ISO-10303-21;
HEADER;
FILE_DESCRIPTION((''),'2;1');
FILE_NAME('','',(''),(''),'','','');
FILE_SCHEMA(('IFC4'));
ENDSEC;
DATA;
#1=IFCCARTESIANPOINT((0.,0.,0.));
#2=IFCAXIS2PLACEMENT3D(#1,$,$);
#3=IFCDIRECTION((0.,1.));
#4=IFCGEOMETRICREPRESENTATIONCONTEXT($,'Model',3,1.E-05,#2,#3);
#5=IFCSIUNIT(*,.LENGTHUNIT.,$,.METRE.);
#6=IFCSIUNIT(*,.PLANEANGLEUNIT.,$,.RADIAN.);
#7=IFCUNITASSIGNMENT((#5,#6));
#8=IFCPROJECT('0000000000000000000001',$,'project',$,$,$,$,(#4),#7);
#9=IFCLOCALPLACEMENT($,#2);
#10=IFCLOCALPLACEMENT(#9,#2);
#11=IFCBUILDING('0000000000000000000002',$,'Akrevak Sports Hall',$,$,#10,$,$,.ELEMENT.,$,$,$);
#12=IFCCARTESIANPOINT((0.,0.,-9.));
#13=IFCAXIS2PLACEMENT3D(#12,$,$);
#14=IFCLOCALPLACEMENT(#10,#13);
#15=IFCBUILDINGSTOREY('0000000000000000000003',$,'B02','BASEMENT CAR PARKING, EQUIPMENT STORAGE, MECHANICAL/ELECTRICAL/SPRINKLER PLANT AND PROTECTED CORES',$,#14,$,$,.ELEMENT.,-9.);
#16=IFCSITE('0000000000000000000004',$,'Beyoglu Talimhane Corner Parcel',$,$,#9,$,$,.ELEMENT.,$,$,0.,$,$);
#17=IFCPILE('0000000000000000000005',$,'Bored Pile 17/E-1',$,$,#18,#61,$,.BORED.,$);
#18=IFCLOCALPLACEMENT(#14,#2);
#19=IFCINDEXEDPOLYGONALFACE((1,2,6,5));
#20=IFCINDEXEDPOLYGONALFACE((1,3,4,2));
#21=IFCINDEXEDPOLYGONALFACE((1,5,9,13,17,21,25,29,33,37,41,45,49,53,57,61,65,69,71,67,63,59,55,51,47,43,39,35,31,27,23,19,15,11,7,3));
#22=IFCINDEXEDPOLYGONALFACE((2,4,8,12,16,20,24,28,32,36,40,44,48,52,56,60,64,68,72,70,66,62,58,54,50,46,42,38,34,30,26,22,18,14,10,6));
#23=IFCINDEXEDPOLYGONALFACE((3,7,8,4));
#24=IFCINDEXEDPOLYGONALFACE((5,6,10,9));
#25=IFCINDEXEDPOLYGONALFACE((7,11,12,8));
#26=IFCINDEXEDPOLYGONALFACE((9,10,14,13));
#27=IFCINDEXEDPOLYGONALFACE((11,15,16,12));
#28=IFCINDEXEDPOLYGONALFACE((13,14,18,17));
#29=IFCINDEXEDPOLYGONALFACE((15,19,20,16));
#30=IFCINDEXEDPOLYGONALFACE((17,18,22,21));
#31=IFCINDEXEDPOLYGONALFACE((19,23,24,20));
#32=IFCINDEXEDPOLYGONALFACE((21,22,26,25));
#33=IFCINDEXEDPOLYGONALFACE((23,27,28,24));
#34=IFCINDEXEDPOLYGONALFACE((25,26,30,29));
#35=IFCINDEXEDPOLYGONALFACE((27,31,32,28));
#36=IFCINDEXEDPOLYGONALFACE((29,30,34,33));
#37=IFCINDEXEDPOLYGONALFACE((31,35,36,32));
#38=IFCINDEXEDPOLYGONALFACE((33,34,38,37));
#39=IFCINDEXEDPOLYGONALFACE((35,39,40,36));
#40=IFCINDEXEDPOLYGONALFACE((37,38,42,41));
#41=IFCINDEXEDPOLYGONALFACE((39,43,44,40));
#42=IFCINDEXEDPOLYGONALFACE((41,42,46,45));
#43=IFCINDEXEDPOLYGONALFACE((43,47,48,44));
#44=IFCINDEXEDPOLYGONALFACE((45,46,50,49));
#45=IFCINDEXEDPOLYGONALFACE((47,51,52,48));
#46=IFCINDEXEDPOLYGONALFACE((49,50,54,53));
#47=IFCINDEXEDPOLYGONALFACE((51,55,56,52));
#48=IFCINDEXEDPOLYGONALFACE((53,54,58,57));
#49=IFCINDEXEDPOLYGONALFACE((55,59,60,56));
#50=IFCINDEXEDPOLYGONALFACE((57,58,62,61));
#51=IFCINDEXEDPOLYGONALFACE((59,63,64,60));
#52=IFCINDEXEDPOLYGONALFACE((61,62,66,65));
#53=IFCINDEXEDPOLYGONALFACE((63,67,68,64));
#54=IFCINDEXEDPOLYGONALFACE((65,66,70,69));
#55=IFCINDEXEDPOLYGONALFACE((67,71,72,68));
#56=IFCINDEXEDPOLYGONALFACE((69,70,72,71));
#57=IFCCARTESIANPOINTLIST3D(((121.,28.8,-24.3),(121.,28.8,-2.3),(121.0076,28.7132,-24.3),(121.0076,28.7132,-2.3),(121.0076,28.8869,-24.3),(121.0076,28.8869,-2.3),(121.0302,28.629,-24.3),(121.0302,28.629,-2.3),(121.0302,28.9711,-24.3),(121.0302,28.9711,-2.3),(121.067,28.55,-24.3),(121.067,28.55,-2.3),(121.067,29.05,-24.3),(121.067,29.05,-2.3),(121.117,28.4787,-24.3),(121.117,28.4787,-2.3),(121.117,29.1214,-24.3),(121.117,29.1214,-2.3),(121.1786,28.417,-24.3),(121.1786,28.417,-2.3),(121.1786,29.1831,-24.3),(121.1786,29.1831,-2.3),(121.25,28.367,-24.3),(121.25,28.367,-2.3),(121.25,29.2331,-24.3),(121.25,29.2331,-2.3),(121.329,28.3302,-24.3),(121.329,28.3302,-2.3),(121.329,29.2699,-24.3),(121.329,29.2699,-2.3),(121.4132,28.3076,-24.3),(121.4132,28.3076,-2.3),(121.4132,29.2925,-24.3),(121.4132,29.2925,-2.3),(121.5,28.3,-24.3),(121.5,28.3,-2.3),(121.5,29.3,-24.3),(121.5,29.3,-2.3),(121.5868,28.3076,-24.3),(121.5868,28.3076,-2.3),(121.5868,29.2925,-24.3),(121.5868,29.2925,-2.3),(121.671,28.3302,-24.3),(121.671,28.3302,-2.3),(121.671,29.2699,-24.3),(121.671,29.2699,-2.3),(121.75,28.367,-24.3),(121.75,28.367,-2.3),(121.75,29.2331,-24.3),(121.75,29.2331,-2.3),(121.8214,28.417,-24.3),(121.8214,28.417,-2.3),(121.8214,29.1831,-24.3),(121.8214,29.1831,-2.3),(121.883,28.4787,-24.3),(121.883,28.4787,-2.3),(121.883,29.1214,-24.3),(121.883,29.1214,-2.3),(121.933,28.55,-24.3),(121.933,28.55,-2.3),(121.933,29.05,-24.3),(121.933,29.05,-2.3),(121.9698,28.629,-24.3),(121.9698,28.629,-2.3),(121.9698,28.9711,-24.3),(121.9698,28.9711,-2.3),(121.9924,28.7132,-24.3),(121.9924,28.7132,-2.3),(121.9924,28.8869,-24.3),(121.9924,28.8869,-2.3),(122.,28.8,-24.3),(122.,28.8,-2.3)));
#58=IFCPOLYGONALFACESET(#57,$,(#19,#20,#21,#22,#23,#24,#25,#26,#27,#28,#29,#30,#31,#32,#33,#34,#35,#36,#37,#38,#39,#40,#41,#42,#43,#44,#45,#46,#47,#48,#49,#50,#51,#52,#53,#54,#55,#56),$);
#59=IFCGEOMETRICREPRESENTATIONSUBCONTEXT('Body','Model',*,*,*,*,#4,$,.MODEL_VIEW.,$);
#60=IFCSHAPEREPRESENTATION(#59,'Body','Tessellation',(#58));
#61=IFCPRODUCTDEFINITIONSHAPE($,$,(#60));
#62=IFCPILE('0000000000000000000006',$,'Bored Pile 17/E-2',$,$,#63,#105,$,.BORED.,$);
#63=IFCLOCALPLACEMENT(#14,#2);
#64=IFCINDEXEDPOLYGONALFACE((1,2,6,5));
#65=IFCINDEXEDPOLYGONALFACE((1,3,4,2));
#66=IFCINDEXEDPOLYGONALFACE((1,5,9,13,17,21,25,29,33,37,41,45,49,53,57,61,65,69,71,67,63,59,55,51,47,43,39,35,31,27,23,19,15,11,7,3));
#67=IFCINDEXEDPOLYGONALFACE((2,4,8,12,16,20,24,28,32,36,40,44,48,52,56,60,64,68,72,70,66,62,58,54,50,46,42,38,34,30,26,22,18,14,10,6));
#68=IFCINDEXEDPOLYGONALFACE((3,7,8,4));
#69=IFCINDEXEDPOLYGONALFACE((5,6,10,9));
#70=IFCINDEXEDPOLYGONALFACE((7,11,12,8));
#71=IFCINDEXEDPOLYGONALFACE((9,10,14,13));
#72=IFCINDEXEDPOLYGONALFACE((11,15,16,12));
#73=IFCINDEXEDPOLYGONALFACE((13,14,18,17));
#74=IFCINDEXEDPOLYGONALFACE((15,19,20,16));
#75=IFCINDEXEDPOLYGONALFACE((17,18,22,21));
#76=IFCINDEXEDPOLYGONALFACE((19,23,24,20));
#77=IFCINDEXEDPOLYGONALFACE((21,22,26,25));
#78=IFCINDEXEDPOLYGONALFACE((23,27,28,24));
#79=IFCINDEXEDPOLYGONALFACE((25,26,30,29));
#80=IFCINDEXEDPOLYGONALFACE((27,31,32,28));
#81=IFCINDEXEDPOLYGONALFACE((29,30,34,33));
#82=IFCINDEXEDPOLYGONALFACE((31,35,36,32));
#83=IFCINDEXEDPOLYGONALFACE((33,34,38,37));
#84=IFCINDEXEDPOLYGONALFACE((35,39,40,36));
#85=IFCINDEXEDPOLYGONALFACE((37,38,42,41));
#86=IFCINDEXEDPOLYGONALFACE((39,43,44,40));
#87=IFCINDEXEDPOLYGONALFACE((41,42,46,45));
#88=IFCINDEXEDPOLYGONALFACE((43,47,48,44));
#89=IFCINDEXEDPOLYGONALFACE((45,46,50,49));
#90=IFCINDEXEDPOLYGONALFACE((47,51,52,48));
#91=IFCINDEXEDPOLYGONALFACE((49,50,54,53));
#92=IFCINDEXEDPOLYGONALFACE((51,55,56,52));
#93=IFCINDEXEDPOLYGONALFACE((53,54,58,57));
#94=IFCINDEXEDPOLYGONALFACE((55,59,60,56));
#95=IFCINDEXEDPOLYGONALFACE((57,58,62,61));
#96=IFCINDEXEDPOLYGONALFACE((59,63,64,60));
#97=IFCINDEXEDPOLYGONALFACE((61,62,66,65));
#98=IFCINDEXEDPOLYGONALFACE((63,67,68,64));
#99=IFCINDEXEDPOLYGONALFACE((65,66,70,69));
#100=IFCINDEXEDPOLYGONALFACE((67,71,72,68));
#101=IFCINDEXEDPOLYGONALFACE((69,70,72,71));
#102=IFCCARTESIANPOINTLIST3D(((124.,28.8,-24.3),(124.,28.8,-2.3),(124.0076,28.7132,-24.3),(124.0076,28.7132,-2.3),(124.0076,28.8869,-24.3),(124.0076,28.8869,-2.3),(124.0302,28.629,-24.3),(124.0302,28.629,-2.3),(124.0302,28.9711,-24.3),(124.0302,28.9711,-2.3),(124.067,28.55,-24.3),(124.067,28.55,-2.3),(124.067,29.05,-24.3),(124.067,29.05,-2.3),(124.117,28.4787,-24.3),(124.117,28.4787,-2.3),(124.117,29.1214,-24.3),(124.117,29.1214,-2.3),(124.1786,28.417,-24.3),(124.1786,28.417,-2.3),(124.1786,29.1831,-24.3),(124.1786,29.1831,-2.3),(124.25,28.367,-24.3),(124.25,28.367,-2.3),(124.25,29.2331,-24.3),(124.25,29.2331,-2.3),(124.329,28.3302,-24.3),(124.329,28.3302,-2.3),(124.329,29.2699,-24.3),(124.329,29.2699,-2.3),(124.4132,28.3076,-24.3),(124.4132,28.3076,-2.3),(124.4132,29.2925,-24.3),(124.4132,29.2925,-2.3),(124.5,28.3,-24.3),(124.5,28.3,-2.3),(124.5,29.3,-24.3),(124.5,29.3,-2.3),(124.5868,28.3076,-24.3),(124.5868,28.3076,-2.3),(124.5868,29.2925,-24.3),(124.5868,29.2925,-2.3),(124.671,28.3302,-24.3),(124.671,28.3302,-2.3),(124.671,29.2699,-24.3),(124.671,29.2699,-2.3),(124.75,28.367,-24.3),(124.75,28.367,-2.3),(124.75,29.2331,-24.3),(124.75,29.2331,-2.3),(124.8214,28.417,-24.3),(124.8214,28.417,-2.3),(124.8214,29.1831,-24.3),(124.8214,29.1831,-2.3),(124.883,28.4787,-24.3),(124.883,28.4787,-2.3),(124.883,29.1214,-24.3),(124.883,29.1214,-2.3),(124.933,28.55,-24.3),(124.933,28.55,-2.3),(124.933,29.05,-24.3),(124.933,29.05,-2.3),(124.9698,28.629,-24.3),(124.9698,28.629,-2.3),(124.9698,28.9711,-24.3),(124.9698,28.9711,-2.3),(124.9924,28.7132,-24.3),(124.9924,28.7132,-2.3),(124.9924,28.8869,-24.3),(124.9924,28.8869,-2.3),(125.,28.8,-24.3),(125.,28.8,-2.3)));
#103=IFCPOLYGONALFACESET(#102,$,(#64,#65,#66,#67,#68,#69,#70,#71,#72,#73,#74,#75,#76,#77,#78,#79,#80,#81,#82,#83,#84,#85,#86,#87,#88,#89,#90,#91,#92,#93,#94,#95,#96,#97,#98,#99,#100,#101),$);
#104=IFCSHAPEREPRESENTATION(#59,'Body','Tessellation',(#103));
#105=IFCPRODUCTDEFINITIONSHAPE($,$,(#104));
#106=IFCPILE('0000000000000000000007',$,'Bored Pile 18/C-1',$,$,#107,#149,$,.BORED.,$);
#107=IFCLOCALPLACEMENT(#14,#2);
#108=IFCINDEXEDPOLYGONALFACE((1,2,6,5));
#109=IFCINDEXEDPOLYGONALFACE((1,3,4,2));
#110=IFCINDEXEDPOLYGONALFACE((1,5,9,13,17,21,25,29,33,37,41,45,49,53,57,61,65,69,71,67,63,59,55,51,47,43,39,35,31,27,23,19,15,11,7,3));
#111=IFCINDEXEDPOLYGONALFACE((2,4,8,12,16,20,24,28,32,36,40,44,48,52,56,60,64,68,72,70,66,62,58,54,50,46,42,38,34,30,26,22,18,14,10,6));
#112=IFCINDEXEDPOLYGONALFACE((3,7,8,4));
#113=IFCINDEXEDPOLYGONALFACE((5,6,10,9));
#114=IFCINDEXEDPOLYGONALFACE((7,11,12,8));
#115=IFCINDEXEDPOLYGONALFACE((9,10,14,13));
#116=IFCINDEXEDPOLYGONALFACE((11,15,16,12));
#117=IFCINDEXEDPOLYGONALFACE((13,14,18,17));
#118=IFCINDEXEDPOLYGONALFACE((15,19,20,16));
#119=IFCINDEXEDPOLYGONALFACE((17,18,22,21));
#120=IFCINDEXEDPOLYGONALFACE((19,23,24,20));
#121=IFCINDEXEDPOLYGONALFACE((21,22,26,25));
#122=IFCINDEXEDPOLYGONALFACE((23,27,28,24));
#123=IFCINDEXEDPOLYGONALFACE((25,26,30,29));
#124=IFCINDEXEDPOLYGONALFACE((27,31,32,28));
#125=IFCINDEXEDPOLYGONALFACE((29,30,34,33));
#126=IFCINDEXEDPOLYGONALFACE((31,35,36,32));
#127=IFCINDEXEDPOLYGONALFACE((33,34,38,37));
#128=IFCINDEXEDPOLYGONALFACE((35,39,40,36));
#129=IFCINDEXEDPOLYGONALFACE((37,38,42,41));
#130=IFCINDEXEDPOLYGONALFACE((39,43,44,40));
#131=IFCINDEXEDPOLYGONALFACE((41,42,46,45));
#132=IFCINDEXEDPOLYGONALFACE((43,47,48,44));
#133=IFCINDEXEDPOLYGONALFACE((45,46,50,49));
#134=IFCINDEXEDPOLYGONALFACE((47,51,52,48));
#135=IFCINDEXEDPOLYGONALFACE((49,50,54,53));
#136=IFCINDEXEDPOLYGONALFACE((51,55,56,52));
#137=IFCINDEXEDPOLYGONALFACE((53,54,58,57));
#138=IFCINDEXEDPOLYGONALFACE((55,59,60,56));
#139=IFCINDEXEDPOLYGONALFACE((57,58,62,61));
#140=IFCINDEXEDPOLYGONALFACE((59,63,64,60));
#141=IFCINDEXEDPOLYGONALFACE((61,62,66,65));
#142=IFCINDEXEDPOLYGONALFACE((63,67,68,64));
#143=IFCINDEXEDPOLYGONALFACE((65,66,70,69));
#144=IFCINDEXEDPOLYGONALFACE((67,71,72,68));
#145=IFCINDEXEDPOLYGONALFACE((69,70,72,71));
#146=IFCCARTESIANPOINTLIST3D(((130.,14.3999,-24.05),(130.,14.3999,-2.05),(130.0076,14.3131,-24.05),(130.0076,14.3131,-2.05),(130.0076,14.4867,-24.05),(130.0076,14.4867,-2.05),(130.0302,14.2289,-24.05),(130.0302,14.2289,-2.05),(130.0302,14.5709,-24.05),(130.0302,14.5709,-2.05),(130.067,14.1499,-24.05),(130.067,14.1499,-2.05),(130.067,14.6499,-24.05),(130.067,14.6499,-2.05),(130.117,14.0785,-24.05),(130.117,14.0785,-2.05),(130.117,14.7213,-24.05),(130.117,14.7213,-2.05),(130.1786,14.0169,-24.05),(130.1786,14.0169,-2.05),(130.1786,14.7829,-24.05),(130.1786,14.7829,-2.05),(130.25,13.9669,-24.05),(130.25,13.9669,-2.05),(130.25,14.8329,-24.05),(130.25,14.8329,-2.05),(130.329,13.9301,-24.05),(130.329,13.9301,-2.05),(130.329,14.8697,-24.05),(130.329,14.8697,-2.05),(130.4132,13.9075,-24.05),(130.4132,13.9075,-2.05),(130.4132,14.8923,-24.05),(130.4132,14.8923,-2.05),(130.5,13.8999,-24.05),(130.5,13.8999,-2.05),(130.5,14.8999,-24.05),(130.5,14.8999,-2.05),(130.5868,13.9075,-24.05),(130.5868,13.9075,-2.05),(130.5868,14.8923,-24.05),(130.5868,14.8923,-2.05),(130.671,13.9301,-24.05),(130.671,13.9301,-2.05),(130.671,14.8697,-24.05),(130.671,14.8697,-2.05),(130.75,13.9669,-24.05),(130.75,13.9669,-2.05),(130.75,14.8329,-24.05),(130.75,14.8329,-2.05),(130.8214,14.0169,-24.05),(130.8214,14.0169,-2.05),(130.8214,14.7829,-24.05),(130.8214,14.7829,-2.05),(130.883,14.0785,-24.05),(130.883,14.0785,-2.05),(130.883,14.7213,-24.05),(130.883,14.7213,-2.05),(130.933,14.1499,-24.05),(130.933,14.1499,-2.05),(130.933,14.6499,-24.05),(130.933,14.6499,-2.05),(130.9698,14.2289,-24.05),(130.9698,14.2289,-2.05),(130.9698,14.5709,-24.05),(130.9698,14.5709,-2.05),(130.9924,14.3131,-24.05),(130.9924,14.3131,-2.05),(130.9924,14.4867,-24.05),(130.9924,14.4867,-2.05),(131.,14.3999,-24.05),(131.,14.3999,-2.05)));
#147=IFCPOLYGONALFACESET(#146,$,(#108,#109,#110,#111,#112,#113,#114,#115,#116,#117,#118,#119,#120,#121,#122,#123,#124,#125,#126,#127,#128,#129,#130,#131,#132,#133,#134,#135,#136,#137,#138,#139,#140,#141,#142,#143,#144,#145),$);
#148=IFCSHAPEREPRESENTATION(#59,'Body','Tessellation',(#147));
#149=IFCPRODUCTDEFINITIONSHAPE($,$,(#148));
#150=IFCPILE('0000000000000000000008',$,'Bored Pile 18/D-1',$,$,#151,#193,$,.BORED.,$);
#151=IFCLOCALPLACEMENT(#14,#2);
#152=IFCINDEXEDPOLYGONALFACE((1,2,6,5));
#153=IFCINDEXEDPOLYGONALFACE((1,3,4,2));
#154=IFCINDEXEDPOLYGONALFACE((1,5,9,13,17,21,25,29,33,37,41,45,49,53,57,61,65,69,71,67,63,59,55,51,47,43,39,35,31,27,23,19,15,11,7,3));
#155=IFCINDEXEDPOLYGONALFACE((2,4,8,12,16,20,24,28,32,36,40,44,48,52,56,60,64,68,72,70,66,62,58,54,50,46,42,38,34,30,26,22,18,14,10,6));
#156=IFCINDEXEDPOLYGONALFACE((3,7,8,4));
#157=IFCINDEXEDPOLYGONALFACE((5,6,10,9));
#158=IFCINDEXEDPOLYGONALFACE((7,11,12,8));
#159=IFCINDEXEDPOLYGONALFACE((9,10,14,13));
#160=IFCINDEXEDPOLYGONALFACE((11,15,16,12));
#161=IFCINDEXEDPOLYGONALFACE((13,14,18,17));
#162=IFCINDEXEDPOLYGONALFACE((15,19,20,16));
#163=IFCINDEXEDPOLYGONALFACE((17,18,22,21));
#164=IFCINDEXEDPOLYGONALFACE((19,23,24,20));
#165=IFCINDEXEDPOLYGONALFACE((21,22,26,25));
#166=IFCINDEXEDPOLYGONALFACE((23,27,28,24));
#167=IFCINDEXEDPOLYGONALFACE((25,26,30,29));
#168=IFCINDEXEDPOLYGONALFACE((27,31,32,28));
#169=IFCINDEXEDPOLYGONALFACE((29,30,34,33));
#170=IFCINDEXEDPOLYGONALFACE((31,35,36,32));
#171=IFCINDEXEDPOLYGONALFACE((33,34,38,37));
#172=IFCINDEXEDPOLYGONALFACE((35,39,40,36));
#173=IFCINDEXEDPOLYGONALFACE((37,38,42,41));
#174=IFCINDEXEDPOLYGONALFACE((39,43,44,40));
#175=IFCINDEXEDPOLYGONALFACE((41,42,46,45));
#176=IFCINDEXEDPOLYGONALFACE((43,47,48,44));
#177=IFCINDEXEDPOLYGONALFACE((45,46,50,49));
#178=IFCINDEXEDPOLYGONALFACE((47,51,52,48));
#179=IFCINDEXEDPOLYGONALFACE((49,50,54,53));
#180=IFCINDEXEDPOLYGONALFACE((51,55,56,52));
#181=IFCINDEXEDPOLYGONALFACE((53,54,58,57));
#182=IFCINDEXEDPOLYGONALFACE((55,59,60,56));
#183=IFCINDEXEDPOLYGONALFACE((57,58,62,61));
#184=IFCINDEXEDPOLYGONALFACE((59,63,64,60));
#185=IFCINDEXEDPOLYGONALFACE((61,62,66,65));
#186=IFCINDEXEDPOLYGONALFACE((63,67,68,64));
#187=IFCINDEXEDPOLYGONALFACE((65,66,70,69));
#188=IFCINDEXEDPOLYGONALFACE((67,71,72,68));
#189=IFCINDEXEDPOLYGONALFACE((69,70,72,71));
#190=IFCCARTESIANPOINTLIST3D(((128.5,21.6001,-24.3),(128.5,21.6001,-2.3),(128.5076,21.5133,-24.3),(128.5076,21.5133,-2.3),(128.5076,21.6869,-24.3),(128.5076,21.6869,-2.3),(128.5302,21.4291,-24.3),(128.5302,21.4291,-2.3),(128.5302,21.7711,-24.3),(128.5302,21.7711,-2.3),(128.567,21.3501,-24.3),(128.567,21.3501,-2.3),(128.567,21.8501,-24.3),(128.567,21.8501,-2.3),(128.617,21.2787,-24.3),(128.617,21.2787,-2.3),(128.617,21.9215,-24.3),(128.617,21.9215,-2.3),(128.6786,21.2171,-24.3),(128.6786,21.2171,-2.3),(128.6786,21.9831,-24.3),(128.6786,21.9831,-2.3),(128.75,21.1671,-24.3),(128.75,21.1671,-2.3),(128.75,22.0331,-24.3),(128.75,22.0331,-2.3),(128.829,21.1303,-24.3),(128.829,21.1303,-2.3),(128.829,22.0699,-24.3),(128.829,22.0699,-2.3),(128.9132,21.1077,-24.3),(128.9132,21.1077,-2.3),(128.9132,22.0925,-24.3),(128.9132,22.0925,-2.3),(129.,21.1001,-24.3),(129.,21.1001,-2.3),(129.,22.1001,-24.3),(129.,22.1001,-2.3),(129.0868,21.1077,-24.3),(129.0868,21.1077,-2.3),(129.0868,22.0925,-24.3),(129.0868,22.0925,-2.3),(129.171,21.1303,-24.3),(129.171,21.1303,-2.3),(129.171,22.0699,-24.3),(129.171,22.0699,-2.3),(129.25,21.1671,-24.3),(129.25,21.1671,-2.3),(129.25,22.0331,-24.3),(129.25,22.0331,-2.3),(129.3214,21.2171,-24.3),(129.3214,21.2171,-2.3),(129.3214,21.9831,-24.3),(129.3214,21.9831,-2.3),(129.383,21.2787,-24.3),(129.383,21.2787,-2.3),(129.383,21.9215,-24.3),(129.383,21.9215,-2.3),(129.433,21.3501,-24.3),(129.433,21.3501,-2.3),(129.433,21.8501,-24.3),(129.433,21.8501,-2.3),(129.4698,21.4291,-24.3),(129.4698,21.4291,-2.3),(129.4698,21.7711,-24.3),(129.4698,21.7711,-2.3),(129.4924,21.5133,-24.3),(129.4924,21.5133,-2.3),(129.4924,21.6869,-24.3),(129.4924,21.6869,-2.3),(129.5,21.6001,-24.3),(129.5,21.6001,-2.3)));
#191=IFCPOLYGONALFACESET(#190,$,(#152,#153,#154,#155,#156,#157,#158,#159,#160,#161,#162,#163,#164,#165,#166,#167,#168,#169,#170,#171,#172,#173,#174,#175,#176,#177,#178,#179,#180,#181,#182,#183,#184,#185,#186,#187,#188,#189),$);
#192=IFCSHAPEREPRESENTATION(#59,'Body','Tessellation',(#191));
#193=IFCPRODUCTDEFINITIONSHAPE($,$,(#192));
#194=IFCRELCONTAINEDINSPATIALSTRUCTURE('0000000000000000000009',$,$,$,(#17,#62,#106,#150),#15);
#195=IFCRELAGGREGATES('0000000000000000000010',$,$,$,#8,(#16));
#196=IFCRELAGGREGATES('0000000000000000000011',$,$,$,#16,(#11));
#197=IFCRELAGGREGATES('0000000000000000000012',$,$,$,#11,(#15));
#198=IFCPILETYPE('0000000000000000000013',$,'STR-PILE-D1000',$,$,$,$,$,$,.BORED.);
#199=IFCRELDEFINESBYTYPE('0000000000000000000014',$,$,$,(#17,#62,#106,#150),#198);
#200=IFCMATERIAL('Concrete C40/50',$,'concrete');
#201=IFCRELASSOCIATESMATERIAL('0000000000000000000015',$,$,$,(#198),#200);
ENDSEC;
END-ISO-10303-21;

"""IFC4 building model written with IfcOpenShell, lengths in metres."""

from ifc_helpers import new_model, si_unit, direction, frame, origin, origin_2d, place, context, subcontext, project, spatial, circle, extrude, material, material_profile, profile_set, type_object, element, save


model = new_model("IFC4")

# Units and contexts
model_context = context("Model", 3, precision=1e-05, world=origin(), true_north=direction((0.0, 1.0)))
body_context = subcontext(model_context, "Body", "Model", "MODEL_VIEW")
ifc_project = project(units=[si_unit("LENGTHUNIT", "METRE"), si_unit("PLANEANGLEUNIT", "RADIAN")], contexts=[model_context])

# Site, building, storey
site_placement = place(None, origin())
site = spatial("IfcSite", under=ifc_project, at=site_placement, Name="Beyoglu Talimhane Corner Parcel", CompositionType="ELEMENT", RefElevation=0.0)
building_placement = place(site_placement, origin())
building = spatial("IfcBuilding", under=site, at=building_placement, Name="Akrevak Sports Hall", CompositionType="ELEMENT")
storey_placement = place(building_placement, frame((0.0, 0.0, -9.0)))
storey = spatial("IfcBuildingStorey", under=building, at=storey_placement, Name="B02", Description="BASEMENT CAR PARKING, EQUIPMENT STORAGE, MECHANICAL/ELECTRICAL/SPRINKLER PLANT AND PROTECTED CORES", CompositionType="ELEMENT", Elevation=-9.0)

# Shared definitions
ifc_material_1 = material(Name="Concrete C40/50", Category="concrete")

# Piles
ifc_material_profile_1 = material_profile(ifc_material_1, circle(Radius=0.5, at=origin_2d()), Name="BORED PILE D1000", Category="concrete")
ifc_profile_set_1 = profile_set([ifc_material_profile_1], Name="Concrete C40/50")
pile_type_1 = type_object("IfcPileType", Name="STR-PILE-D1000", PredefinedType="BORED", material=ifc_profile_set_1)
for number, where, z_axis, x_axis, name in (
    (1, (121.5, 28.8, -2.3), (0.0, 0.0, -1.0), (1.0, 0.0, 0.0), "Bored Pile 17/E-1"),
    (2, (124.5, 28.8, -2.3), (0.0, 0.0, -1.0), (1.0, 0.0, 0.0), "Bored Pile 17/E-2"),
    (3, (130.5, 14.3999, -2.05), (0.0, 0.0, -1.0), (1.0, 0.0, 0.0), "Bored Pile 18/C-1"),
    (4, (129.0, 21.6001, -2.3), (0.0, 0.0, -1.0), (1.0, 0.0, 0.0), "Bored Pile 18/D-1"),
):
    element("IfcPile", number, at=place(storey_placement, frame(where, z_axis=z_axis, x_axis=x_axis)), inside=storey, type_object=pile_type_1, Name=name, PredefinedType="BORED", context=body_context, shape_type="SweptSolid", body=[
        extrude(circle(Radius=0.5, at=origin_2d()), origin(), (0.0, 0.0, 1.0), 22.0),
    ])

save(model, "model.ifc")
